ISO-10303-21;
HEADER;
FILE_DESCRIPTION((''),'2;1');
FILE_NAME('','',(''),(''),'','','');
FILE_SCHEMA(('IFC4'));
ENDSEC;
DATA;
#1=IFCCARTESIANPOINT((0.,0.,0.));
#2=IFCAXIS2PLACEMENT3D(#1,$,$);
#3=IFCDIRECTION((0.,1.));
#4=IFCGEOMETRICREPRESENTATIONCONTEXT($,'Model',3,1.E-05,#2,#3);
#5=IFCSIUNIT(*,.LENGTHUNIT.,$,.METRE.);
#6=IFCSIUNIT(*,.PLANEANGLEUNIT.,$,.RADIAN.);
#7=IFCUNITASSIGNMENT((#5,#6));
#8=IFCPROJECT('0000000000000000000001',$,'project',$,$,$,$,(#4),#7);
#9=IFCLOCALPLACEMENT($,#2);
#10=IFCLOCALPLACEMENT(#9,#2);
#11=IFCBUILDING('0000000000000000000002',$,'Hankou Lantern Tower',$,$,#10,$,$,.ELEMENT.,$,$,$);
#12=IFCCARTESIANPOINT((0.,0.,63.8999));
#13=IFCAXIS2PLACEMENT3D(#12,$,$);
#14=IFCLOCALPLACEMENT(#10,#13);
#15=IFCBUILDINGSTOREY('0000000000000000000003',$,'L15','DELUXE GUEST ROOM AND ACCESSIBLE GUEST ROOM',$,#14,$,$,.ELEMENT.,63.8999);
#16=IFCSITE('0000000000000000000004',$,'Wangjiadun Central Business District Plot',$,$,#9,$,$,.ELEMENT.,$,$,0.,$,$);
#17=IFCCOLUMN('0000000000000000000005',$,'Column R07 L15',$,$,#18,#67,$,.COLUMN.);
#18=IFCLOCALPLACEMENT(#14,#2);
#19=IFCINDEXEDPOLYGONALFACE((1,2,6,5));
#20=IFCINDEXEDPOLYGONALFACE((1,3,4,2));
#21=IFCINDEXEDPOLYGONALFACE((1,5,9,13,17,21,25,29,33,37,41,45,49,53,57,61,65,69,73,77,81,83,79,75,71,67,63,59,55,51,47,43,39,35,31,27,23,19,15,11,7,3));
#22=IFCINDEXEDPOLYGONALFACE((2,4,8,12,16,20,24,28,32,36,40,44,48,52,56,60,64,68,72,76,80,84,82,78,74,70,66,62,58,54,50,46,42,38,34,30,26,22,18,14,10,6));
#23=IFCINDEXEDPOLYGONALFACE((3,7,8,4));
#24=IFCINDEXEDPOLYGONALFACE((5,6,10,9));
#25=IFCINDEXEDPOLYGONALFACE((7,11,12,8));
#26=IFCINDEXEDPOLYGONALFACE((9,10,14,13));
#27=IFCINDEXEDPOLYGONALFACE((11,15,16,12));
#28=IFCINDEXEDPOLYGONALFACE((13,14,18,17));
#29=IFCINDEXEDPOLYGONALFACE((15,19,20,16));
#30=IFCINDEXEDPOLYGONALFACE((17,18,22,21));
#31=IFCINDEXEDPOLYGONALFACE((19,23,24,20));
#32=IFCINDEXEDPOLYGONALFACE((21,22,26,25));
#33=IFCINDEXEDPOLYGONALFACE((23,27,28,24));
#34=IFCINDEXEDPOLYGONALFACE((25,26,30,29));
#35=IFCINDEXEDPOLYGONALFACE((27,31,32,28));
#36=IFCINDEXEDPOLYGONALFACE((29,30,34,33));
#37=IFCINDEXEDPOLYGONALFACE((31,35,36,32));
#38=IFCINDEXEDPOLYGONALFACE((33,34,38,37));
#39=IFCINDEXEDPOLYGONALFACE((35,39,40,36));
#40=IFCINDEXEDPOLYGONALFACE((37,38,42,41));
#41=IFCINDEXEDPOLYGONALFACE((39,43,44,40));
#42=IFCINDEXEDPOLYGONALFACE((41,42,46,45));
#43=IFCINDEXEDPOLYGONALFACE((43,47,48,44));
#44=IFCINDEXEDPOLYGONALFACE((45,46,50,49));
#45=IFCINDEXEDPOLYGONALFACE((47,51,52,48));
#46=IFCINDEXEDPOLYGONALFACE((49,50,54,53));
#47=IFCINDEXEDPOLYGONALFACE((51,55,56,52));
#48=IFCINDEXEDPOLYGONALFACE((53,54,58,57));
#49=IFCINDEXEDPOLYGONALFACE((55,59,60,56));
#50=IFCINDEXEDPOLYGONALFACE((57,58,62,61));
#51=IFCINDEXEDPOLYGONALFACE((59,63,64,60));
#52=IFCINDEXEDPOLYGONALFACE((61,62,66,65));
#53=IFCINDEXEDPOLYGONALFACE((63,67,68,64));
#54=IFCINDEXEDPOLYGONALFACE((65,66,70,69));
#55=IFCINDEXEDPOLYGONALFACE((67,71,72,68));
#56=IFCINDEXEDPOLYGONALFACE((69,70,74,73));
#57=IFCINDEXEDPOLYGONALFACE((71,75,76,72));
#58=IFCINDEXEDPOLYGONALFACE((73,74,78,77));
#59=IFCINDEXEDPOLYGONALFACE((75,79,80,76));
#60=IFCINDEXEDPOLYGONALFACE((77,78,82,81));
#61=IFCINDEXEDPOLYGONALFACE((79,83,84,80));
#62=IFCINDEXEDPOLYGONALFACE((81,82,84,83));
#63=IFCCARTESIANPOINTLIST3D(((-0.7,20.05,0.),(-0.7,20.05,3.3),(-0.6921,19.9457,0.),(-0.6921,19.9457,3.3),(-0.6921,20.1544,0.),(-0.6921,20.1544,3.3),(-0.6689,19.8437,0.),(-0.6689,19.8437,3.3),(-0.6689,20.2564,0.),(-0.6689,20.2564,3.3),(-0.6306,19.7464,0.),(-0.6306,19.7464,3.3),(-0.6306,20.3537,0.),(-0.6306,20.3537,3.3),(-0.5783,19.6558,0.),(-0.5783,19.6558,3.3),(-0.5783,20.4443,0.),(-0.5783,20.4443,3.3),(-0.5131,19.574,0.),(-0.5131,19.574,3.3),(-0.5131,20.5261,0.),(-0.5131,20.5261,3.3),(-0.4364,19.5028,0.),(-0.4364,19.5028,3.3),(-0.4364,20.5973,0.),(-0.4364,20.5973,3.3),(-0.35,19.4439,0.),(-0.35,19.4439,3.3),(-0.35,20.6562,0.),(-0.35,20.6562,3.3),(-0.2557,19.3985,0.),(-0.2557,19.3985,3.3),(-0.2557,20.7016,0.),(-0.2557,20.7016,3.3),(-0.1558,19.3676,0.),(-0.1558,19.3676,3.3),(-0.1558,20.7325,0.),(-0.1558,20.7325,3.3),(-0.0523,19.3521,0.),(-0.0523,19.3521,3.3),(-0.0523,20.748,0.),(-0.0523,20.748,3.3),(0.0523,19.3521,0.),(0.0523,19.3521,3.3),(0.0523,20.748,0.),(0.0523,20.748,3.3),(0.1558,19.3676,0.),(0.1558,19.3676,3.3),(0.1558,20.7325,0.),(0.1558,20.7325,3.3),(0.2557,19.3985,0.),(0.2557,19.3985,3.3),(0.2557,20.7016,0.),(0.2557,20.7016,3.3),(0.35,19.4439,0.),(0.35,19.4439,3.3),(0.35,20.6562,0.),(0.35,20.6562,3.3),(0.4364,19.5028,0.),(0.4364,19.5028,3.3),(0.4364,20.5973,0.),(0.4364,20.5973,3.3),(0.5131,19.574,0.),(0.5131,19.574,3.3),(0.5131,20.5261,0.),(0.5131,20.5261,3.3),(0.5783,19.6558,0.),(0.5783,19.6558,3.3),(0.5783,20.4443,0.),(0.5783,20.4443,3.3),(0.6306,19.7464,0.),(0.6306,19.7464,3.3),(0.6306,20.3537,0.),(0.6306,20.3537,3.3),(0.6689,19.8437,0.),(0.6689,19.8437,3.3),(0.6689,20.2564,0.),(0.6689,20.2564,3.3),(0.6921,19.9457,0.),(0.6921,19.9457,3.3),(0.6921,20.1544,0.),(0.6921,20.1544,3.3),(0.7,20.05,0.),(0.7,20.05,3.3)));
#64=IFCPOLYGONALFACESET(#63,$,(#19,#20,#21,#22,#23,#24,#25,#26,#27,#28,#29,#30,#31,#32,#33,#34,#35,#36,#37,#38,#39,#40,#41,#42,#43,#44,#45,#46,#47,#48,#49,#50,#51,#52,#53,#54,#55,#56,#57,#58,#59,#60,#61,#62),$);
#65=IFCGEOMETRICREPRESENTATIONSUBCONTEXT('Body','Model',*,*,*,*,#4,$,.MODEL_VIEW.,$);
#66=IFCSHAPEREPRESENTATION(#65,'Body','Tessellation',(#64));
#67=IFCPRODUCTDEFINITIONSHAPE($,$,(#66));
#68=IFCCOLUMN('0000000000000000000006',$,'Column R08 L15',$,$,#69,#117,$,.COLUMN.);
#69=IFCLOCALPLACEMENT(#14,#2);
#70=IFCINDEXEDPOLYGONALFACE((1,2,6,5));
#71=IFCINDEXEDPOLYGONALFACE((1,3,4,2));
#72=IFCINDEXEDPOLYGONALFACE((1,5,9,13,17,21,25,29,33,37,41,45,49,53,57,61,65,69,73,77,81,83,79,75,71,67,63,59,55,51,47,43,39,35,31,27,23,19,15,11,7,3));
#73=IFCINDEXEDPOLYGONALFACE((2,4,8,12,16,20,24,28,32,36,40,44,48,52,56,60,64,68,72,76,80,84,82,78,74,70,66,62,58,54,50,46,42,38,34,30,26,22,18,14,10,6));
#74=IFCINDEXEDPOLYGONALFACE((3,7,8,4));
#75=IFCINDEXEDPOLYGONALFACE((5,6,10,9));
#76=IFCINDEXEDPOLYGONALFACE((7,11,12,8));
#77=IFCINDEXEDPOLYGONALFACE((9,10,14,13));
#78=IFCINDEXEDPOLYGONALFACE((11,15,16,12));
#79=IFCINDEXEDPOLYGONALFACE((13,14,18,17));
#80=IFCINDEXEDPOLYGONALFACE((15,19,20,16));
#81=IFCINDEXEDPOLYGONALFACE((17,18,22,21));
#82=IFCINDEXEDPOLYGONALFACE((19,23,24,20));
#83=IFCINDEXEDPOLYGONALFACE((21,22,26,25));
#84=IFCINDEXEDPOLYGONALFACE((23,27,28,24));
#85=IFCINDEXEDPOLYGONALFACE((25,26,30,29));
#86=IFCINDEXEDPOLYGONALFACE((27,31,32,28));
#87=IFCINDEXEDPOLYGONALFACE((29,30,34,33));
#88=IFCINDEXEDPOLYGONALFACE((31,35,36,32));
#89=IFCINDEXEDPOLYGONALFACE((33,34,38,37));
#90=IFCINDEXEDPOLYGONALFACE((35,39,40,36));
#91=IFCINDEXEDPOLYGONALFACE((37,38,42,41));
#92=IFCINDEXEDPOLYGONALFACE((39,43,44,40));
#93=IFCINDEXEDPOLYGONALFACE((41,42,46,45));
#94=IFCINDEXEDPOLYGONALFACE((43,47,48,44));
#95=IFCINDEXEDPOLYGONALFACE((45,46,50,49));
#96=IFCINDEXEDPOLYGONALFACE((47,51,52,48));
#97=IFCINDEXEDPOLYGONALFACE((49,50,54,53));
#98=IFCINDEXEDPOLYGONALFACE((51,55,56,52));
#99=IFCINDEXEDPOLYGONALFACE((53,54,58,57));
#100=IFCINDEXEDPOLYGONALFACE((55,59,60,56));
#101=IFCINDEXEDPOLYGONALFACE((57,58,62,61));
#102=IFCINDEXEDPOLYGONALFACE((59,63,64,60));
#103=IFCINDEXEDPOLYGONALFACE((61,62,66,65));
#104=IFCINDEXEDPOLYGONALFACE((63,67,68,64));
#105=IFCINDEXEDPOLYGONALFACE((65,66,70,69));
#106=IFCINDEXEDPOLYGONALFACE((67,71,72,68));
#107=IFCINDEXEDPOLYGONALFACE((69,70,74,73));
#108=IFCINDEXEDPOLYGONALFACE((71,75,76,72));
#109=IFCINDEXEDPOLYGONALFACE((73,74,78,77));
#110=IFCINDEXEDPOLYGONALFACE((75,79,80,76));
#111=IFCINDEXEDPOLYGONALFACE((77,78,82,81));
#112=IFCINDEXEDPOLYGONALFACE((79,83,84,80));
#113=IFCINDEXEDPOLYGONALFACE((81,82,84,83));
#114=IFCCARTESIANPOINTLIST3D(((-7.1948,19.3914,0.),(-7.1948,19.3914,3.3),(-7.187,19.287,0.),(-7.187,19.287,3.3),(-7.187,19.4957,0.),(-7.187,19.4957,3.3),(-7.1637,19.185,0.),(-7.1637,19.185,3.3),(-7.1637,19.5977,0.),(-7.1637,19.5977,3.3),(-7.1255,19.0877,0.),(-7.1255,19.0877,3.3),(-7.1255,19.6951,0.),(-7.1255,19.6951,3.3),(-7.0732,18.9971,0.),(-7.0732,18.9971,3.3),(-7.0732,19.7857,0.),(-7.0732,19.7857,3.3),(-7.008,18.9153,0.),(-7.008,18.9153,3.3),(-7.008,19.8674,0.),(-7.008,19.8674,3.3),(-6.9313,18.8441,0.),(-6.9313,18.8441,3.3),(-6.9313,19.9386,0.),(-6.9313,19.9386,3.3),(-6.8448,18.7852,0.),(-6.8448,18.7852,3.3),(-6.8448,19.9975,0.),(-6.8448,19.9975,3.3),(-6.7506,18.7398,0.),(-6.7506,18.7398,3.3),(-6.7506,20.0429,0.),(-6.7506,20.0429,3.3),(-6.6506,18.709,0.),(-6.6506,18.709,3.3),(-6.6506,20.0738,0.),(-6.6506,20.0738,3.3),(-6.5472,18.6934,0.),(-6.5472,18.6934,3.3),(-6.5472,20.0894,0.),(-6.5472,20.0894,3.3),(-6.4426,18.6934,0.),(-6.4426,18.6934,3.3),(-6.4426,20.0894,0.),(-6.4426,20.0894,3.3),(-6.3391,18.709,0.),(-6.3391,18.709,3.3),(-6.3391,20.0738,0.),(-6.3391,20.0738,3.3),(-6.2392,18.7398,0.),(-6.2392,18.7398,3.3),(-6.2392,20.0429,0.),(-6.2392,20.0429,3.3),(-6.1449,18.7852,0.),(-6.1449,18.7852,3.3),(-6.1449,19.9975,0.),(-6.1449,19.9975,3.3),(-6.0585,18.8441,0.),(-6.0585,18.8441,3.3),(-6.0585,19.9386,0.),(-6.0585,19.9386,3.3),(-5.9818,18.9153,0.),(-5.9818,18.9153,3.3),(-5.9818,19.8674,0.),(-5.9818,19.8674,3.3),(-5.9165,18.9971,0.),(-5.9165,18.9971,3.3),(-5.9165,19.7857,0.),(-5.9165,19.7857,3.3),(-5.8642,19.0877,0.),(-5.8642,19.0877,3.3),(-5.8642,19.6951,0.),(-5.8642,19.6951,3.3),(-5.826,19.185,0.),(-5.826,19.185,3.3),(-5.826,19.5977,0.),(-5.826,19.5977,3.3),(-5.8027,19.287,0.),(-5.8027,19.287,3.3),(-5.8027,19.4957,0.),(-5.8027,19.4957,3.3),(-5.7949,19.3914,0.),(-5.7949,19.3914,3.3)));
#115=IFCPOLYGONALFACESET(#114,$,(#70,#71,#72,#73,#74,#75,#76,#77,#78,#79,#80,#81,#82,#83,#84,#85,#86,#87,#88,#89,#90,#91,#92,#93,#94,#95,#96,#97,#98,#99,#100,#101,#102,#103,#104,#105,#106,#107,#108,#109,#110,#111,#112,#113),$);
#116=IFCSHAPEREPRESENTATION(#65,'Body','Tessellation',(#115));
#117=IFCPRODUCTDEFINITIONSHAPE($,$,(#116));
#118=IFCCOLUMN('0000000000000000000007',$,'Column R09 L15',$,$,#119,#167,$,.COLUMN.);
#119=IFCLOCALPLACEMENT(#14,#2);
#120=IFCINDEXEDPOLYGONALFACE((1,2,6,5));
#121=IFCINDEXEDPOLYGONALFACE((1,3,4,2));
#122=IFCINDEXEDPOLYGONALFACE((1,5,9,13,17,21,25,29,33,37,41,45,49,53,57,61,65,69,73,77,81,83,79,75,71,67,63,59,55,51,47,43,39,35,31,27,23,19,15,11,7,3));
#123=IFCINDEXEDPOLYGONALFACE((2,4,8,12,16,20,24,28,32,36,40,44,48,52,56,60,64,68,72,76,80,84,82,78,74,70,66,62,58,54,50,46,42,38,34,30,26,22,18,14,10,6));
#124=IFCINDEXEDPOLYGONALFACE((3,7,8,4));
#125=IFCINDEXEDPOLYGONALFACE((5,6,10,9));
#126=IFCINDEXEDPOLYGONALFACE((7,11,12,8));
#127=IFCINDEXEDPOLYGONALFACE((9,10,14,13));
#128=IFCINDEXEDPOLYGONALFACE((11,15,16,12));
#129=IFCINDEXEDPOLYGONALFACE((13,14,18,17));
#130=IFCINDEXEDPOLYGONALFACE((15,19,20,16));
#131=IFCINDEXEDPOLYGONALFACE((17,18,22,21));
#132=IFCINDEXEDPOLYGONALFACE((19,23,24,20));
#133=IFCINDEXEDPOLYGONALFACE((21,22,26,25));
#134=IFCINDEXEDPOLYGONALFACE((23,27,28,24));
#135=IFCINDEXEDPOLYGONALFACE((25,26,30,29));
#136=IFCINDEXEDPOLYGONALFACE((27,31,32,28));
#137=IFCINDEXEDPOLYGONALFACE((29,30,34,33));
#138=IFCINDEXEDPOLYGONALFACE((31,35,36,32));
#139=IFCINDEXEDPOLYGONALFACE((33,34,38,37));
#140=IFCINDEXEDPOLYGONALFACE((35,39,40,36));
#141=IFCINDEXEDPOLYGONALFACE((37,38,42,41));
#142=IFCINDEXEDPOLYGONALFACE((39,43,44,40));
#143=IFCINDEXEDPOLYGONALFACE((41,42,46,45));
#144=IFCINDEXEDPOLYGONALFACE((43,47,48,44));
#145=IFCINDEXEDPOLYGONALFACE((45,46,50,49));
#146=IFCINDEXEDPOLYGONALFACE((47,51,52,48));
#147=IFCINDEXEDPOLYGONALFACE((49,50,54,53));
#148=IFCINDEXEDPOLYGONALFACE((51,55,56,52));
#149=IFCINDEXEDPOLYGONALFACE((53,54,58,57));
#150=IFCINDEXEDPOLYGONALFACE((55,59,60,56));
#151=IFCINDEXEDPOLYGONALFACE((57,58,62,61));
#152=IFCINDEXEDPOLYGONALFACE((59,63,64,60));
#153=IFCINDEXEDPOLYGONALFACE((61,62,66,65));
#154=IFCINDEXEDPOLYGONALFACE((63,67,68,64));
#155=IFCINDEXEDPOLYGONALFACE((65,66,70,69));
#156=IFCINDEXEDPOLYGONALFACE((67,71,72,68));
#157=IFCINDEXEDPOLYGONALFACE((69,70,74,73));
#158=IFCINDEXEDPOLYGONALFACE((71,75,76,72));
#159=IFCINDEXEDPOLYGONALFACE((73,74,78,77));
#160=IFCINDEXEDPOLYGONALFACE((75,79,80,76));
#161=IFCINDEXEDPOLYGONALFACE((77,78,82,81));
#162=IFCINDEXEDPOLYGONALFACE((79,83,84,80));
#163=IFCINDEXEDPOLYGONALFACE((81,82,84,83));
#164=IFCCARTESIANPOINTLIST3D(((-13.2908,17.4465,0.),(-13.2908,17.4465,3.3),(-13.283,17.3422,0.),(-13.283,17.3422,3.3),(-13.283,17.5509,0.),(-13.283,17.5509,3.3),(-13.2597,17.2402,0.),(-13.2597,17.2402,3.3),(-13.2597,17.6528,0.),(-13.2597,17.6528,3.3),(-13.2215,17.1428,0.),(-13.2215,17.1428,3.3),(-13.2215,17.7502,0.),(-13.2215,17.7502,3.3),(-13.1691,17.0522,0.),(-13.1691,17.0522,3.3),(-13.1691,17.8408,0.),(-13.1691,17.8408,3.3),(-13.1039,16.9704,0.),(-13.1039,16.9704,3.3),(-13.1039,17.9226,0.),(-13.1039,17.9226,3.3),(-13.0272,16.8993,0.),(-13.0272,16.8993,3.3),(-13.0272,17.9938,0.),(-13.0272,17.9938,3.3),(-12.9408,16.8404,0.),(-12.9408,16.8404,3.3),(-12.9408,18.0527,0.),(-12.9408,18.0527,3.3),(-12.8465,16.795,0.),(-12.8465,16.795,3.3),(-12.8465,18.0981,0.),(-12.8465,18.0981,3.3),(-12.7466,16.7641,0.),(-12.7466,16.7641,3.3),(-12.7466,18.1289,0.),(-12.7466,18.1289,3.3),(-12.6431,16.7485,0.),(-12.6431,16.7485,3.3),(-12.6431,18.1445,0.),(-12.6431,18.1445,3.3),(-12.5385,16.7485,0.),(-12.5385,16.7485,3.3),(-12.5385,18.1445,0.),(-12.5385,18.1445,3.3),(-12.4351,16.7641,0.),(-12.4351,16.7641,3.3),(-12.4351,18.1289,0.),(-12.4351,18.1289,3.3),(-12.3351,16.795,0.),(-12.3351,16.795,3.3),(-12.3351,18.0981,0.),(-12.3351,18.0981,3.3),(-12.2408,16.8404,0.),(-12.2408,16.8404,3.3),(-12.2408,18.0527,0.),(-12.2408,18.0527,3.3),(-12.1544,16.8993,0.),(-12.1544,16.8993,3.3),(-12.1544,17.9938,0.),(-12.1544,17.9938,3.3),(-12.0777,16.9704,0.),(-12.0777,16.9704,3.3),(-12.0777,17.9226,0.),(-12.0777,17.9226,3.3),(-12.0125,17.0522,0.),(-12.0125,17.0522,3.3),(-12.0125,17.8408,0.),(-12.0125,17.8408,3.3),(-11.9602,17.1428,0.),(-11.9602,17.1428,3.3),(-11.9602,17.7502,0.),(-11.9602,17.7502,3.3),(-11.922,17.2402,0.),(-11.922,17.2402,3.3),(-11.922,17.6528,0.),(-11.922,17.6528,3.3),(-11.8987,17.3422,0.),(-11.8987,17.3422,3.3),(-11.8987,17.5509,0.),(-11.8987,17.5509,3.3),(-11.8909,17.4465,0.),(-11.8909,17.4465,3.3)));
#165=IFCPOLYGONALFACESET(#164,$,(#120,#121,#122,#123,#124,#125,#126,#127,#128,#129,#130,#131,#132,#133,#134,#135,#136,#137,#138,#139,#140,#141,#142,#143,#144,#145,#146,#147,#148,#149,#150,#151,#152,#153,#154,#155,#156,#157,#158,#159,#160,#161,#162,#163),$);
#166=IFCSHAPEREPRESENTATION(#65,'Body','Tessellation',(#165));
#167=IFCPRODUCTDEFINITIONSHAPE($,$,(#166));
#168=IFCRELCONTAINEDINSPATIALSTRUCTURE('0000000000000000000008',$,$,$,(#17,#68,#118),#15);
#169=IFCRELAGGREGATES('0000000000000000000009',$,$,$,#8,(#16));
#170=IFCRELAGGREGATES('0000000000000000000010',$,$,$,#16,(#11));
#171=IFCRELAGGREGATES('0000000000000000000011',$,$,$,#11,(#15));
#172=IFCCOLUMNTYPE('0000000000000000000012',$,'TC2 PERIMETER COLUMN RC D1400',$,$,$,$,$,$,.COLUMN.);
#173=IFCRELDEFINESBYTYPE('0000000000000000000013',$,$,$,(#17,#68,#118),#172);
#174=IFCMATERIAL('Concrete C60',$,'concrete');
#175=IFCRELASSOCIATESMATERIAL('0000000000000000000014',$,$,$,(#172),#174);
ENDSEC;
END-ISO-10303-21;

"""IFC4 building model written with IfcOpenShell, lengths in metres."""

from ifc_helpers import new_model, si_unit, direction, frame, origin, origin_2d, place, context, subcontext, project, spatial, circle, extrude, material, material_profile, profile_set, type_object, element, save


model = new_model("IFC4")

# Units and contexts
model_context = context("Model", 3, precision=1e-05, world=origin(), true_north=direction((0.0, 1.0)))
body_context = subcontext(model_context, "Body", "Model", "MODEL_VIEW")
ifc_project = project(units=[si_unit("LENGTHUNIT", "METRE"), si_unit("PLANEANGLEUNIT", "RADIAN")], contexts=[model_context])

# Site, building, storey
site_placement = place(None, origin())
site = spatial("IfcSite", under=ifc_project, at=site_placement, Name="Wangjiadun Central Business District Plot", CompositionType="ELEMENT", RefElevation=0.0)
building_placement = place(site_placement, origin())
building = spatial("IfcBuilding", under=site, at=building_placement, Name="Hankou Lantern Tower", CompositionType="ELEMENT")
storey_placement = place(building_placement, frame((0.0, 0.0, 63.8999)))
storey = spatial("IfcBuildingStorey", under=building, at=storey_placement, Name="L15", Description="DELUXE GUEST ROOM AND ACCESSIBLE GUEST ROOM", CompositionType="ELEMENT", Elevation=63.8999)

# Columns
ifc_material_1 = material(Name="Concrete C60", Category="concrete")
ifc_material_profile_1 = material_profile(ifc_material_1, circle(Radius=0.7, at=origin_2d()), Name="RC D1400")
ifc_profile_set_1 = profile_set([ifc_material_profile_1], Name="Concrete C60")
column_type = type_object("IfcColumnType", Name="TC2 PERIMETER COLUMN RC D1400", PredefinedType="COLUMN", material=ifc_profile_set_1)
for number, where, z_axis, x_axis, name in (
    (1, (0.0, 20.05, 0.0), (0.0, 0.0, 1.0), (1.0, 0.0, 0.0), "Column R07 L15"),
    (2, (-6.4949, 19.3914, 0.0), (0.0, 0.0, 1.0), (1.0, 0.0, 0.0), "Column R08 L15"),
    (3, (-12.5908, 17.4465, 0.0), (0.0, 0.0, 1.0), (1.0, 0.0, 0.0), "Column R09 L15"),
):
    element("IfcColumn", number, at=place(storey_placement, frame(where, z_axis=z_axis, x_axis=x_axis)), inside=storey, type_object=column_type, Name=name, PredefinedType="COLUMN", context=body_context, shape_type="SweptSolid", body=[
        extrude(circle(Radius=0.7, at=origin_2d()), origin(), (0.0, 0.0, 1.0), 3.3),
    ])

save(model, "model.ifc")
